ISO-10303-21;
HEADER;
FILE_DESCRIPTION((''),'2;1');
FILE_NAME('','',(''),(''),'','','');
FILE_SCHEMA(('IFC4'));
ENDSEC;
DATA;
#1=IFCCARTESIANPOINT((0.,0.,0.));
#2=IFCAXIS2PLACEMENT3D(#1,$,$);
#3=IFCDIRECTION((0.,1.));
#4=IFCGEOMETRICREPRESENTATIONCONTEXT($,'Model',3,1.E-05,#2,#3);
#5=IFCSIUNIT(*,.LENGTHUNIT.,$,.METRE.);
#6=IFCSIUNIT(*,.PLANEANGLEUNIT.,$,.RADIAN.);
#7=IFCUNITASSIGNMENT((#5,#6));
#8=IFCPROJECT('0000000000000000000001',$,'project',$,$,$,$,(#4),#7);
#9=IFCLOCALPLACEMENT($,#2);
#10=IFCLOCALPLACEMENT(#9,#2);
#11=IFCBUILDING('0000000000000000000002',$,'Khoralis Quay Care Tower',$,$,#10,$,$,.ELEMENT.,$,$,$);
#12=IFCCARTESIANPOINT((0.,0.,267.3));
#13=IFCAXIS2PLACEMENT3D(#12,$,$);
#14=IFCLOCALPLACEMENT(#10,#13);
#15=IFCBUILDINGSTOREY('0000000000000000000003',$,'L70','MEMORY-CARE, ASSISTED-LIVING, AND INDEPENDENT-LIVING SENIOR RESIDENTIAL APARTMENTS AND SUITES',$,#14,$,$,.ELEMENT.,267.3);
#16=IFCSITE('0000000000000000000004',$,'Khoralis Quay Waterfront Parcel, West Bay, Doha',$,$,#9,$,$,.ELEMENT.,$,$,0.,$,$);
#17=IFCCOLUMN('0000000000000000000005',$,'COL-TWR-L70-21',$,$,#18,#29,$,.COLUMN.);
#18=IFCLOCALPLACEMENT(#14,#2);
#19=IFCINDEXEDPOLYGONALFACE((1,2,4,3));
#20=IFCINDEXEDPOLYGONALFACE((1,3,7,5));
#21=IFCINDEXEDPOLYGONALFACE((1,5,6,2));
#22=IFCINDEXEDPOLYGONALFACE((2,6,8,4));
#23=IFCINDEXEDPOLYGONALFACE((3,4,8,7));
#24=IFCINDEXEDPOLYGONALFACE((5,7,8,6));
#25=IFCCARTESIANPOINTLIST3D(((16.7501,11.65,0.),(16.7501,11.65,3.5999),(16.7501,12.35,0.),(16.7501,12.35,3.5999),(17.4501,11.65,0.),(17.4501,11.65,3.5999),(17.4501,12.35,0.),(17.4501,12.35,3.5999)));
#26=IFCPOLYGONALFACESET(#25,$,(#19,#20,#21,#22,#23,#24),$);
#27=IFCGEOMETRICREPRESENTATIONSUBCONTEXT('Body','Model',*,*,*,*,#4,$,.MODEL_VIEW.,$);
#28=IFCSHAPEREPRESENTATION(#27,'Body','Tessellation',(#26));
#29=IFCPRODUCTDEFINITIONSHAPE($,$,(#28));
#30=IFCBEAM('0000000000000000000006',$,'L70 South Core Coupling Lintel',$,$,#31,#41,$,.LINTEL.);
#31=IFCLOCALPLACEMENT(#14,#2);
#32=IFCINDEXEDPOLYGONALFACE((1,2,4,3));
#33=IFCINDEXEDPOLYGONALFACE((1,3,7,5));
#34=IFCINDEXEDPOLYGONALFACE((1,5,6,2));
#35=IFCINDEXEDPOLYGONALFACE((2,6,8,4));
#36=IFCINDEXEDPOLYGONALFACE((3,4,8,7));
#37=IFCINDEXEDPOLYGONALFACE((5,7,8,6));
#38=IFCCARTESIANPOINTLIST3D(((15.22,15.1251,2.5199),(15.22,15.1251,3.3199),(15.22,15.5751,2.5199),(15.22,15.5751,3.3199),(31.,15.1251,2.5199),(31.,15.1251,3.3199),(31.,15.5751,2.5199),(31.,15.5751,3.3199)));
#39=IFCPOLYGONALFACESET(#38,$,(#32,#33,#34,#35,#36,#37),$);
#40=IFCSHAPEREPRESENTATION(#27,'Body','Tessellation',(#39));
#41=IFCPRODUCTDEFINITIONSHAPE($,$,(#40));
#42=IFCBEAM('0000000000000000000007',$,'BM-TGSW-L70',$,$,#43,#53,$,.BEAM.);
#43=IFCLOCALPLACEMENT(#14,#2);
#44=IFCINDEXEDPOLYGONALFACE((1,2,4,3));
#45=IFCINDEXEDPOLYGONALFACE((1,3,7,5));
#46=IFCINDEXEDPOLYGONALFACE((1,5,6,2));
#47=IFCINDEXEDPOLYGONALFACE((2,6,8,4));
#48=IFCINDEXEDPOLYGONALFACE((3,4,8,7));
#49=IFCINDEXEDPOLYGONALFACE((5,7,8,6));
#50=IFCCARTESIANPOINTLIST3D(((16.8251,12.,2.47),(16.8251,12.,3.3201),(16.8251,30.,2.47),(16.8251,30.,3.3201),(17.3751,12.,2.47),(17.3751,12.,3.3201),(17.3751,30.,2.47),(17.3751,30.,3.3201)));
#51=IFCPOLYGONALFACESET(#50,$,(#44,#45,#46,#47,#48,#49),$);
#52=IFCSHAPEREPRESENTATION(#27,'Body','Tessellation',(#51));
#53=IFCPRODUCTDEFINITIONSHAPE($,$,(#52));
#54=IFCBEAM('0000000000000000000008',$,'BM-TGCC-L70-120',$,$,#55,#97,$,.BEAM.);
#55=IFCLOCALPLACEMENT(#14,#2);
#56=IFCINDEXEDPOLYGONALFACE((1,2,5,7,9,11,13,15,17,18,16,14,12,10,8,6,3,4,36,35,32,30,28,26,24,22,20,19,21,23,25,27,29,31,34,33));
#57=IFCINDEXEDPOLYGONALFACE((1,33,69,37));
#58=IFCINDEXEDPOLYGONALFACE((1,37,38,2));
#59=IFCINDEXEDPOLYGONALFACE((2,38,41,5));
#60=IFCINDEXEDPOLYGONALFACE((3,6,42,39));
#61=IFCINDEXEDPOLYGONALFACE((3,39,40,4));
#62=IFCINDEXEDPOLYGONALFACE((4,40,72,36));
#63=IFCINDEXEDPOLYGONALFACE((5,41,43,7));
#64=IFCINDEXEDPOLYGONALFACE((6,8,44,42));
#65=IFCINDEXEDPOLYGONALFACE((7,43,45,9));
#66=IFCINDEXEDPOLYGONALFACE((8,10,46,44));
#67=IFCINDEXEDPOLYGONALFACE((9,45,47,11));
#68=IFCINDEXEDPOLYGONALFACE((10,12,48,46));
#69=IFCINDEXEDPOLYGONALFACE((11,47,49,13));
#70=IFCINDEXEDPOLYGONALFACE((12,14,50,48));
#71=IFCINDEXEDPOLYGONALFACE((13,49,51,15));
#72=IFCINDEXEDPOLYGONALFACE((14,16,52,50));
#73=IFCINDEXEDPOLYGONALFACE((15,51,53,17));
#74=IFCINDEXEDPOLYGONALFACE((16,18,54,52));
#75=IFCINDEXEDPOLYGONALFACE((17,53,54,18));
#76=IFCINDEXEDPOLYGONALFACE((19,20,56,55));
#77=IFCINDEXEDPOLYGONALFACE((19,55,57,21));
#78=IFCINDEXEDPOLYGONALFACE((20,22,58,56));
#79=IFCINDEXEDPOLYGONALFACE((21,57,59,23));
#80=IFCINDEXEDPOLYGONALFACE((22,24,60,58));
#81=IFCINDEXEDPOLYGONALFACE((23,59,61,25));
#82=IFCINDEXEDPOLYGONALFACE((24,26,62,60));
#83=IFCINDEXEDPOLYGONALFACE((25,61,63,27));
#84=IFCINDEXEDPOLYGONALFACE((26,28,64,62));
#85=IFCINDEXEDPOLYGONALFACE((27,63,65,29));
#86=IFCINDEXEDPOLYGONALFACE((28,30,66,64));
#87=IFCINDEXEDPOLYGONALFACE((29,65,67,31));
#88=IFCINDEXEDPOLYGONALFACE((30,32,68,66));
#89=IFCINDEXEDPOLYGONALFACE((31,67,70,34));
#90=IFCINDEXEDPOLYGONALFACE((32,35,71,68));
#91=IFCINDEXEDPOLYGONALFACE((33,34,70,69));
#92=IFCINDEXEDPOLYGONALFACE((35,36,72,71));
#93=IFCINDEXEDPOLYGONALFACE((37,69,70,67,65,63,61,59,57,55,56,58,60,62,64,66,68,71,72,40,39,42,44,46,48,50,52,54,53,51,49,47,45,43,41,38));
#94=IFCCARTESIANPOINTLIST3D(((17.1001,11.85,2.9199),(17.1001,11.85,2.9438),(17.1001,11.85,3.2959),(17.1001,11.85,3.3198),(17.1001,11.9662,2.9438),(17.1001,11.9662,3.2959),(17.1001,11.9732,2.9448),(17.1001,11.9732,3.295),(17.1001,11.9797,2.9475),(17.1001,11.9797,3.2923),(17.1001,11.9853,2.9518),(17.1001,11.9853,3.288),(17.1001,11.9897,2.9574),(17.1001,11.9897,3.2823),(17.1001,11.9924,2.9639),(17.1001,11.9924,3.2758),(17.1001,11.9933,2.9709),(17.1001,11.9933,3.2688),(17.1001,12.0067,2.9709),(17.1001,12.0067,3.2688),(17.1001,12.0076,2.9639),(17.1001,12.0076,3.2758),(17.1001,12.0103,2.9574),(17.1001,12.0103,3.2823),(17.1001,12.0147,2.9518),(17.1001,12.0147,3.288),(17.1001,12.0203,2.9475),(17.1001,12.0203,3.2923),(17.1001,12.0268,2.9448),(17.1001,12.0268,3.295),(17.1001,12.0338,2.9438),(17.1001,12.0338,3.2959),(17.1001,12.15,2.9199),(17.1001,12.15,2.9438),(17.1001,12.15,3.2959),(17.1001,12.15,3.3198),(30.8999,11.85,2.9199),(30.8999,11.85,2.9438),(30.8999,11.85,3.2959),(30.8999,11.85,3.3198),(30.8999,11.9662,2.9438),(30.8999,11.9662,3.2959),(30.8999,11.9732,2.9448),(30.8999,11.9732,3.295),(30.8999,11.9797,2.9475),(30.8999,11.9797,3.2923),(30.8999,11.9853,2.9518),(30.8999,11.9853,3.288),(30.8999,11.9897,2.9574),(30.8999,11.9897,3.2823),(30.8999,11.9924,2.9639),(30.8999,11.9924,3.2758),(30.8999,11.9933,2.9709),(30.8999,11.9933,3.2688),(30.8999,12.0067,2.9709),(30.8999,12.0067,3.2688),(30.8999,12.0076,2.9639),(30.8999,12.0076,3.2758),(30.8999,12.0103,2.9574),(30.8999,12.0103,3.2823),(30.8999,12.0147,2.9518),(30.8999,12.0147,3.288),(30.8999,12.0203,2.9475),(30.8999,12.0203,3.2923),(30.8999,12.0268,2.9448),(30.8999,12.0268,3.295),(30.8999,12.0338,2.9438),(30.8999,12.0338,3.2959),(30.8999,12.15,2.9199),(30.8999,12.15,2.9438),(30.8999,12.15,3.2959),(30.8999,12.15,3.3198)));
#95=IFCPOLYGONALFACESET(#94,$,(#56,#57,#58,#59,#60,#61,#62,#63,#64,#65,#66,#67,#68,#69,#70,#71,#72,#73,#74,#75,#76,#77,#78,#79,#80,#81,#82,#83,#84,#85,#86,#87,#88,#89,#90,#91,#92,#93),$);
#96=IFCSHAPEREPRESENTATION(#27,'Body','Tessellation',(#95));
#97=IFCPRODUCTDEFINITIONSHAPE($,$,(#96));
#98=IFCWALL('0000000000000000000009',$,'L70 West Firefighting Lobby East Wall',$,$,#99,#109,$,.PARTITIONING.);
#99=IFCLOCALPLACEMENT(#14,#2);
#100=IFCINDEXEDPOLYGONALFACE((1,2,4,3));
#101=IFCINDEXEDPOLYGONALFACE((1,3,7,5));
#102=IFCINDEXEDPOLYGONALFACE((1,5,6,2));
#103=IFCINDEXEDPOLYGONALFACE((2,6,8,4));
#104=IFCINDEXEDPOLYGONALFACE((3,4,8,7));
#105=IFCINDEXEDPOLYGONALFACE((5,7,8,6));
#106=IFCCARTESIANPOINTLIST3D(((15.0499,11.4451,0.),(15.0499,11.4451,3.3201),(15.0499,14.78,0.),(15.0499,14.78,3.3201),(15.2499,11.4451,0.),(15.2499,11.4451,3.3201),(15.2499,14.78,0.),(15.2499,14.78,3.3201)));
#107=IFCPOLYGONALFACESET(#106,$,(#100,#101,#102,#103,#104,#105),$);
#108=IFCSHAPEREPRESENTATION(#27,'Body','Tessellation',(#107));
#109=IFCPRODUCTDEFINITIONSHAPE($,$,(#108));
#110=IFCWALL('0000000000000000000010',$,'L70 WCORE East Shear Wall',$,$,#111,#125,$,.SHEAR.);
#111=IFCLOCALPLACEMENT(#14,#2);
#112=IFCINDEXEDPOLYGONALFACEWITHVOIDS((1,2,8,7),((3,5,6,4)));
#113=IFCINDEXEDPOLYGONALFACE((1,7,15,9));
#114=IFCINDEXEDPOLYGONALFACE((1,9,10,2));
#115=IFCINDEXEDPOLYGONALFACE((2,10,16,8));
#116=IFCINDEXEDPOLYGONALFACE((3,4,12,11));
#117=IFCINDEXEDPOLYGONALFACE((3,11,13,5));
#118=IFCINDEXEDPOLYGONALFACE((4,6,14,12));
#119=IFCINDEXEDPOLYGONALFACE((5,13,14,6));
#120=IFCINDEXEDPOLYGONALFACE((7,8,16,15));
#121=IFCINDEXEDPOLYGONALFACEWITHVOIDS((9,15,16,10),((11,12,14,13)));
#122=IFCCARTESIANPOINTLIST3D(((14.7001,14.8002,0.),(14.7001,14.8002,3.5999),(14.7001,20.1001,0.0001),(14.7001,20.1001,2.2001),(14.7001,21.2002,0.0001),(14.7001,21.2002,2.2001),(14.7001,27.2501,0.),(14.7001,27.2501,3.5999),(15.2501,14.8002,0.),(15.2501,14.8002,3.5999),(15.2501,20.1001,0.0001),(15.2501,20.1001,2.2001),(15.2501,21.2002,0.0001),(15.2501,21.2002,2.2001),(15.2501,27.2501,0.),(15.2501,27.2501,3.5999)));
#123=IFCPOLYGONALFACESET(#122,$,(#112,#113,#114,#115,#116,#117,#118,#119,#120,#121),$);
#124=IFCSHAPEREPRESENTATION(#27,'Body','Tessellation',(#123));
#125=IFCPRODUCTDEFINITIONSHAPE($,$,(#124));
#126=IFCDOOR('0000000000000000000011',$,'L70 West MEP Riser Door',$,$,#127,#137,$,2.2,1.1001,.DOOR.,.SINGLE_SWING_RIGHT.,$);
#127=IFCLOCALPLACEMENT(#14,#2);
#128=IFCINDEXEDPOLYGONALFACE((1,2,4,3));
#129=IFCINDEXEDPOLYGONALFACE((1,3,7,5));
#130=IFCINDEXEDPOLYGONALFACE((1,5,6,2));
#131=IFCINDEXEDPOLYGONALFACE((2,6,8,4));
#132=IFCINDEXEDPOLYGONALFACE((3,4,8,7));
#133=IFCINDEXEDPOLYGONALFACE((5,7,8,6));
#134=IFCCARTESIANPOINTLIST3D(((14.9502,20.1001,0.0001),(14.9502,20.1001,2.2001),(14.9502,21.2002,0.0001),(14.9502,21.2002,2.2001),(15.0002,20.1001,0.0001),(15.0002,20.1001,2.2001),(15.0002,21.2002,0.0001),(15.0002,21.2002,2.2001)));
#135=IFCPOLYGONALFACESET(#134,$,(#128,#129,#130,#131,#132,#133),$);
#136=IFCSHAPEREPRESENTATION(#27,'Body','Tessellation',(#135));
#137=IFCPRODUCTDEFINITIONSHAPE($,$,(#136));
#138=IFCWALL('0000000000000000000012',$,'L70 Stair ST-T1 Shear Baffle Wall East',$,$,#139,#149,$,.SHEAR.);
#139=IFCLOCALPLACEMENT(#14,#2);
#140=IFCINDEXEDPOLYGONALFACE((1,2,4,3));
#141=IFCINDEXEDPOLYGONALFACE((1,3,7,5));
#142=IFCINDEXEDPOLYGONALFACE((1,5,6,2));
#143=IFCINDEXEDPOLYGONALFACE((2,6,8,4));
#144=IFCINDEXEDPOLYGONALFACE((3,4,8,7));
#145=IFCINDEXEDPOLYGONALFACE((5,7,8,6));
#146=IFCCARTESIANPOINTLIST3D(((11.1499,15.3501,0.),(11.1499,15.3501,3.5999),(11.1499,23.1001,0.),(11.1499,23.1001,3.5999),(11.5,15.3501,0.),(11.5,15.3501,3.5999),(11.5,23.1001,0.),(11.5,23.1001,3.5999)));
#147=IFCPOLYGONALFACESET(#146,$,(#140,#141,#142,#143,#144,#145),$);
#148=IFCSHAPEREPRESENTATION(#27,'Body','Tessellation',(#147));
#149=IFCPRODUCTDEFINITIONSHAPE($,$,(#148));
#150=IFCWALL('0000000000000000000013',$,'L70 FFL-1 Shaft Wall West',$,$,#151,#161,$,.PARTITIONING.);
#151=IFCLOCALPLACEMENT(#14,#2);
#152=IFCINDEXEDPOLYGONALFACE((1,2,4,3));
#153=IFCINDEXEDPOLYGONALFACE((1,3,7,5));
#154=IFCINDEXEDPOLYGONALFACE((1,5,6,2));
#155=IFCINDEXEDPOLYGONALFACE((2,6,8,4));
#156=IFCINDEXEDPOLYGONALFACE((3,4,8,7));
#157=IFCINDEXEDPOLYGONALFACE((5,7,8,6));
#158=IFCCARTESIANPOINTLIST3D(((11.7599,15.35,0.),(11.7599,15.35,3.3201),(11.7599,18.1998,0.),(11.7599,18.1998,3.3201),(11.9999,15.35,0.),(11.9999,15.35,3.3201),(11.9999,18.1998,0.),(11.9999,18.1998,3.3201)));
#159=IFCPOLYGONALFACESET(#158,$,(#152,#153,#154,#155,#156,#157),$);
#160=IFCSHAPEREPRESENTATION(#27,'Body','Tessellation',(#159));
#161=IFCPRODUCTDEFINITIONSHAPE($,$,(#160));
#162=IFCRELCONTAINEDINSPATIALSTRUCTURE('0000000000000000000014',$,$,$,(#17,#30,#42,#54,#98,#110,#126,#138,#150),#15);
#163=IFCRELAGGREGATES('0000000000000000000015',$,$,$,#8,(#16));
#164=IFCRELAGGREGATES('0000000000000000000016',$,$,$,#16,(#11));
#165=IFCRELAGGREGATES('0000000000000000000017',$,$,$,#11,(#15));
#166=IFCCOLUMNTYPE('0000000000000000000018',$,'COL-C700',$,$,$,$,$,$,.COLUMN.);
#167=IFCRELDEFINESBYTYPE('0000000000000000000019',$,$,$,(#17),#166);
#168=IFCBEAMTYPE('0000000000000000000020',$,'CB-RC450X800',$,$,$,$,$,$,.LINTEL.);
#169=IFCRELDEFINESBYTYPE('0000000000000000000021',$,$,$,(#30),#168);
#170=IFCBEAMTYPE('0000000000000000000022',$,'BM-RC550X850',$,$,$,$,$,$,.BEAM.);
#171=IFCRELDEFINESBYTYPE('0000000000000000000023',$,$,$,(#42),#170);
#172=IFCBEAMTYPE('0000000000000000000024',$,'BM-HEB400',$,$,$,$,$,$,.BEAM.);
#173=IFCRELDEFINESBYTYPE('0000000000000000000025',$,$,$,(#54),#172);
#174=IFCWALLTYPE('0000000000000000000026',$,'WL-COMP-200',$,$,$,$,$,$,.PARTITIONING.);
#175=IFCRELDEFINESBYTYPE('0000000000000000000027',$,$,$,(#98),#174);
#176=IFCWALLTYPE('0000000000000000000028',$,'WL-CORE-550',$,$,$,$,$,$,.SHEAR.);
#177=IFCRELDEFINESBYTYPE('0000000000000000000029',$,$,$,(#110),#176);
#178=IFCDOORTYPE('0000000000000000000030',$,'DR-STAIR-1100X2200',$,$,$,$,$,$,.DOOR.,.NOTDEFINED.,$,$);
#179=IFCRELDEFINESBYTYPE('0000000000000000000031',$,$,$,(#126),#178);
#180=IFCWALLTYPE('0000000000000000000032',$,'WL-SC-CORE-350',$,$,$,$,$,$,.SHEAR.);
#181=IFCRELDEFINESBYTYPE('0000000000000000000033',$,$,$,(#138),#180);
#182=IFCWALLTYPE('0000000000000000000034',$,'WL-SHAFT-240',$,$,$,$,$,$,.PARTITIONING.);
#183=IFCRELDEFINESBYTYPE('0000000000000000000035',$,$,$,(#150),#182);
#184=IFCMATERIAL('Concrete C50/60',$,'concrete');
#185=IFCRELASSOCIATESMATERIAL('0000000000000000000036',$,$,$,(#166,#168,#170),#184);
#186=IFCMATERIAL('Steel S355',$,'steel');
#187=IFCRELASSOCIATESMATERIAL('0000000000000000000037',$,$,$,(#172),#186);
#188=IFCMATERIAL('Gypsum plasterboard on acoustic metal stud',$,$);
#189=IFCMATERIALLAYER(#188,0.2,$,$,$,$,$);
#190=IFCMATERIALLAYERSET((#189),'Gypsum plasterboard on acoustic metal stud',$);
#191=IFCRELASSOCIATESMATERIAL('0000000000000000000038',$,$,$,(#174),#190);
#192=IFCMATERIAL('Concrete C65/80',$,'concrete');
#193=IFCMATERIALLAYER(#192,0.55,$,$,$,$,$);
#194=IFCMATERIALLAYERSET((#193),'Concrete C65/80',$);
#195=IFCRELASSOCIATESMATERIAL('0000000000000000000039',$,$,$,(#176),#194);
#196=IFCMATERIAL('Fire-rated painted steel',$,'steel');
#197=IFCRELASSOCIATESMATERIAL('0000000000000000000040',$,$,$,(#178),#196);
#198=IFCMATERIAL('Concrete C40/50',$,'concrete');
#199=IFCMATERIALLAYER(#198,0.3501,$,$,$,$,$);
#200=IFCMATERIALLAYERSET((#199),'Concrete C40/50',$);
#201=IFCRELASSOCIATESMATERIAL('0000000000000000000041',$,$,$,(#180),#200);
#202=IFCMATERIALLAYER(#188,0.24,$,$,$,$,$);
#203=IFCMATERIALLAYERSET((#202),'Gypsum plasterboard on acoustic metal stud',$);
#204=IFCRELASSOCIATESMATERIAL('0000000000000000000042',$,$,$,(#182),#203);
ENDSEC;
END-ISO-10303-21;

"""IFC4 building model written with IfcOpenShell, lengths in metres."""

from ifc_helpers import new_model, si_unit, direction, frame, frame_2d, origin, origin_2d, place, context, subcontext, project, spatial, rectangle, i_section, extrude, source, transform, mapped, material, layer, layer_set, material_profile, profile_set, type_object, element, fill, save


model = new_model("IFC4")

# Units and contexts
model_context = context("Model", 3, precision=1e-05, world=origin(), true_north=direction((0.0, 1.0)))
body_context = subcontext(model_context, "Body", "Model", "MODEL_VIEW")
ifc_project = project(units=[si_unit("LENGTHUNIT", "METRE"), si_unit("PLANEANGLEUNIT", "RADIAN")], contexts=[model_context])

# Site, building, storey
site_placement = place(None, origin())
site = spatial("IfcSite", under=ifc_project, at=site_placement, Name="Khoralis Quay Waterfront Parcel, West Bay, Doha", CompositionType="ELEMENT", RefElevation=0.0)
building_placement = place(site_placement, origin())
building = spatial("IfcBuilding", under=site, at=building_placement, Name="Khoralis Quay Care Tower", CompositionType="ELEMENT")
storey_placement = place(building_placement, frame((0.0, 0.0, 267.3)))
storey = spatial("IfcBuildingStorey", under=building, at=storey_placement, Name="L70", Description="MEMORY-CARE, ASSISTED-LIVING, AND INDEPENDENT-LIVING SENIOR RESIDENTIAL APARTMENTS AND SUITES", CompositionType="ELEMENT", Elevation=267.3)

# Column
ifc_material_1 = material(Name="Concrete C50/60", Category="concrete")
ifc_material_profile_1 = material_profile(ifc_material_1, rectangle(XDim=0.7, YDim=0.7, at=origin_2d()), Name="Concrete C50/60")
ifc_profile_set_1 = profile_set([ifc_material_profile_1], Name="Concrete C50/60")
column_type = type_object("IfcColumnType", Name="COL-C700", PredefinedType="COLUMN", material=ifc_profile_set_1)
shared_shape_1 = source(origin(), body_context, "Body", "SweptSolid", [
    extrude(rectangle(XDim=0.7, YDim=0.7, at=origin_2d()), origin(), (0.0, 0.0, 1.0), 3.5999),
])
column_placement = place(storey_placement, frame((17.1001, 12.0, 0.0), z_axis=(0.0, 0.0, 1.0), x_axis=(1.0, 0.0, 0.0)))
element("IfcColumn", 1, at=column_placement, inside=storey, type_object=column_type, Name="COL-TWR-L70-21", PredefinedType="COLUMN", context=body_context, shape_type="MappedRepresentation", body=[
    mapped(shared_shape_1, transform((0.0, 0.0, 0.0), scale=1.0)),
])

# Beams
ifc_material_profile_2 = material_profile(ifc_material_1, rectangle(XDim=0.45, YDim=0.8, at=origin_2d()), Name="Concrete C50/60")
ifc_profile_set_2 = profile_set([ifc_material_profile_2], Name="Concrete C50/60")
beam_type_1 = type_object("IfcBeamType", Name="CB-RC450X800", PredefinedType="LINTEL", material=ifc_profile_set_2)
shared_shape_2 = source(origin(), body_context, "Body", "SweptSolid", [
    extrude(rectangle(XDim=0.45, YDim=0.8, at=origin_2d()), origin(), (0.0, 0.0, 1.0), 15.78),
])
beam_1_placement = place(storey_placement, frame((15.22, 15.3501, 2.9199), z_axis=(1.0, 0.0, 0.0), x_axis=(0.0, 1.0, 0.0)))
element("IfcBeam", 2, at=beam_1_placement, inside=storey, type_object=beam_type_1, Name="L70 South Core Coupling Lintel", PredefinedType="LINTEL", context=body_context, shape_type="MappedRepresentation", body=[
    mapped(shared_shape_2, transform((0.0, 0.0, 0.0), scale=1.0)),
])
ifc_material_profile_3 = material_profile(ifc_material_1, rectangle(XDim=0.55, YDim=0.8501, at=origin_2d()), Name="Concrete C50/60")
ifc_profile_set_3 = profile_set([ifc_material_profile_3], Name="Concrete C50/60")
beam_type_2 = type_object("IfcBeamType", Name="BM-RC550X850", PredefinedType="BEAM", material=ifc_profile_set_3)
shared_shape_3 = source(origin(), body_context, "Body", "SweptSolid", [
    extrude(rectangle(XDim=0.55, YDim=0.8501, at=origin_2d()), origin(), (0.0, 0.0, 1.0), 18.0),
])
beam_2_placement = place(storey_placement, frame((17.1001, 12.0, 2.895), z_axis=(0.0, 1.0, 0.0), x_axis=(-1.0, 0.0, 0.0)))
element("IfcBeam", 3, at=beam_2_placement, inside=storey, type_object=beam_type_2, Name="BM-TGSW-L70", PredefinedType="BEAM", context=body_context, shape_type="MappedRepresentation", body=[
    mapped(shared_shape_3, transform((0.0, 0.0, 0.0), scale=1.0)),
])
ifc_material_2 = material(Name="Steel S355", Category="steel")
ifc_material_profile_4 = material_profile(ifc_material_2, i_section(OverallWidth=0.3, OverallDepth=0.3999, WebThickness=0.0134, FlangeThickness=0.0239, FilletRadius=0.0271, at=origin_2d()), Name="Steel S355")
ifc_profile_set_4 = profile_set([ifc_material_profile_4], Name="Steel S355")
beam_type_3 = type_object("IfcBeamType", Name="BM-HEB400", PredefinedType="BEAM", material=ifc_profile_set_4)
shared_shape_4 = source(origin(), body_context, "Body", "SweptSolid", [
    extrude(i_section(OverallWidth=0.3, OverallDepth=0.3999, WebThickness=0.0134, FlangeThickness=0.0239, FilletRadius=0.0271, at=origin_2d()), origin(), (0.0, 0.0, 1.0), 13.7998),
])
beam_3_placement = place(storey_placement, frame((17.1001, 12.0, 3.1199), z_axis=(1.0, 0.0, 0.0), x_axis=(0.0, 1.0, 0.0)))
element("IfcBeam", 4, at=beam_3_placement, inside=storey, type_object=beam_type_3, Name="BM-TGCC-L70-120", PredefinedType="BEAM", context=body_context, shape_type="MappedRepresentation", body=[
    mapped(shared_shape_4, transform((0.0, 0.0, 0.0), scale=1.0)),
])

# Wall
ifc_material_3 = material(Name="Gypsum plasterboard on acoustic metal stud")
ifc_layer_1 = layer(ifc_material_3, 0.2)
ifc_layer_set_1 = layer_set([ifc_layer_1], Name="Gypsum plasterboard on acoustic metal stud")
wall_type_1 = type_object("IfcWallType", Name="WL-COMP-200", PredefinedType="PARTITIONING", material=ifc_layer_set_1)
wall_1_placement = place(storey_placement, frame((15.1499, 11.4451, 0.0), z_axis=(0.0, 0.0, 1.0), x_axis=(0.0, 1.0, 0.0)))
element("IfcWall", 5, at=wall_1_placement, inside=storey, type_object=wall_type_1, Name="L70 West Firefighting Lobby East Wall", PredefinedType="PARTITIONING", context=body_context, shape_type="SweptSolid", body=[
    extrude(rectangle(XDim=3.335, YDim=0.2, at=frame_2d((1.6675, 0.0))), origin(), (0.0, 0.0, 1.0), 3.3201),
])

# Wall, opening, door
ifc_material_4 = material(Name="Concrete C65/80", Category="concrete")
ifc_layer_2 = layer(ifc_material_4, 0.55)
ifc_layer_set_2 = layer_set([ifc_layer_2], Name="Concrete C65/80")
wall_type_2 = type_object("IfcWallType", Name="WL-CORE-550", PredefinedType="SHEAR", material=ifc_layer_set_2)
wall_2_placement = place(storey_placement, frame((14.9751, 14.8, 0.0), z_axis=(0.0, 0.0, 1.0), x_axis=(0.0, 1.0, 0.0)))
wall_2 = element("IfcWall", 6, at=wall_2_placement, inside=storey, type_object=wall_type_2, Name="L70 WCORE East Shear Wall", PredefinedType="SHEAR", context=body_context, shape_type="SweptSolid", body=[
    extrude(rectangle(XDim=12.45, YDim=0.55, at=frame_2d((6.2251, 0.0))), origin(), (0.0, 0.0, 1.0), 3.5999),
])
opening_placement = place(wall_2_placement, frame((5.3, 0.0, 0.0)))
opening = element("IfcOpeningElement", 7, at=opening_placement, cuts=wall_2, PredefinedType="OPENING", context=body_context, shape_type="SweptSolid", body=[
    extrude(rectangle(XDim=1.1001, YDim=2.2, at=frame_2d((0.55, 1.1001))), frame((0.0, 0.2852, 0.0), z_axis=(0.0, -1.0, 0.0), x_axis=(1.0, 0.0, 0.0)), (0.0, 0.0, 1.0), 0.5701),
])
ifc_material_5 = material(Name="Fire-rated painted steel", Category="steel")
door_type = type_object("IfcDoorType", Name="DR-STAIR-1100X2200", OperationType="NOTDEFINED", PredefinedType="DOOR", material=ifc_material_5)
shared_shape_5 = source(origin(), body_context, "Body", "SweptSolid", [
    extrude(rectangle(XDim=1.1001, YDim=2.2, at=frame_2d((0.55, 1.1001))), frame((0.0, 0.0249, 0.0), z_axis=(0.0, -1.0, 0.0), x_axis=(1.0, 0.0, 0.0)), (0.0, 0.0, 1.0), 0.05),
])
door_placement = place(opening_placement, origin())
door = element("IfcDoor", 8, at=door_placement, inside=storey, type_object=door_type, Name="L70 West MEP Riser Door", OperationType="SINGLE_SWING_RIGHT", OverallHeight=2.2, OverallWidth=1.1001, PredefinedType="DOOR", context=body_context, shape_type="MappedRepresentation", body=[
    mapped(shared_shape_5, transform((0.0, 0.0, 0.0), scale=1.0)),
])
fill(opening, door)

# Walls
ifc_material_6 = material(Name="Concrete C40/50", Category="concrete")
ifc_layer_3 = layer(ifc_material_6, 0.3501)
ifc_layer_set_3 = layer_set([ifc_layer_3], Name="Concrete C40/50")
wall_type_3 = type_object("IfcWallType", Name="WL-SC-CORE-350", PredefinedType="SHEAR", material=ifc_layer_set_3)
wall_3_placement = place(storey_placement, frame((11.325, 15.3501, 0.0), z_axis=(0.0, 0.0, 1.0), x_axis=(0.0, 1.0, 0.0)))
element("IfcWall", 9, at=wall_3_placement, inside=storey, type_object=wall_type_3, Name="L70 Stair ST-T1 Shear Baffle Wall East", PredefinedType="SHEAR", context=body_context, shape_type="SweptSolid", body=[
    extrude(rectangle(XDim=7.75, YDim=0.3501, at=frame_2d((3.875, 0.0))), origin(), (0.0, 0.0, 1.0), 3.5999),
])
ifc_layer_4 = layer(ifc_material_3, 0.24)
ifc_layer_set_4 = layer_set([ifc_layer_4], Name="Gypsum plasterboard on acoustic metal stud")
wall_type_4 = type_object("IfcWallType", Name="WL-SHAFT-240", PredefinedType="PARTITIONING", material=ifc_layer_set_4)
wall_4_placement = place(storey_placement, frame((11.8799, 15.3501, 0.0), z_axis=(0.0, 0.0, 1.0), x_axis=(0.0, 1.0, 0.0)))
element("IfcWall", 10, at=wall_4_placement, inside=storey, type_object=wall_type_4, Name="L70 FFL-1 Shaft Wall West", PredefinedType="PARTITIONING", context=body_context, shape_type="SweptSolid", body=[
    extrude(rectangle(XDim=2.8499, YDim=0.24, at=frame_2d((1.4248, 0.0))), origin(), (0.0, 0.0, 1.0), 3.3201),
])

save(model, "model.ifc")
